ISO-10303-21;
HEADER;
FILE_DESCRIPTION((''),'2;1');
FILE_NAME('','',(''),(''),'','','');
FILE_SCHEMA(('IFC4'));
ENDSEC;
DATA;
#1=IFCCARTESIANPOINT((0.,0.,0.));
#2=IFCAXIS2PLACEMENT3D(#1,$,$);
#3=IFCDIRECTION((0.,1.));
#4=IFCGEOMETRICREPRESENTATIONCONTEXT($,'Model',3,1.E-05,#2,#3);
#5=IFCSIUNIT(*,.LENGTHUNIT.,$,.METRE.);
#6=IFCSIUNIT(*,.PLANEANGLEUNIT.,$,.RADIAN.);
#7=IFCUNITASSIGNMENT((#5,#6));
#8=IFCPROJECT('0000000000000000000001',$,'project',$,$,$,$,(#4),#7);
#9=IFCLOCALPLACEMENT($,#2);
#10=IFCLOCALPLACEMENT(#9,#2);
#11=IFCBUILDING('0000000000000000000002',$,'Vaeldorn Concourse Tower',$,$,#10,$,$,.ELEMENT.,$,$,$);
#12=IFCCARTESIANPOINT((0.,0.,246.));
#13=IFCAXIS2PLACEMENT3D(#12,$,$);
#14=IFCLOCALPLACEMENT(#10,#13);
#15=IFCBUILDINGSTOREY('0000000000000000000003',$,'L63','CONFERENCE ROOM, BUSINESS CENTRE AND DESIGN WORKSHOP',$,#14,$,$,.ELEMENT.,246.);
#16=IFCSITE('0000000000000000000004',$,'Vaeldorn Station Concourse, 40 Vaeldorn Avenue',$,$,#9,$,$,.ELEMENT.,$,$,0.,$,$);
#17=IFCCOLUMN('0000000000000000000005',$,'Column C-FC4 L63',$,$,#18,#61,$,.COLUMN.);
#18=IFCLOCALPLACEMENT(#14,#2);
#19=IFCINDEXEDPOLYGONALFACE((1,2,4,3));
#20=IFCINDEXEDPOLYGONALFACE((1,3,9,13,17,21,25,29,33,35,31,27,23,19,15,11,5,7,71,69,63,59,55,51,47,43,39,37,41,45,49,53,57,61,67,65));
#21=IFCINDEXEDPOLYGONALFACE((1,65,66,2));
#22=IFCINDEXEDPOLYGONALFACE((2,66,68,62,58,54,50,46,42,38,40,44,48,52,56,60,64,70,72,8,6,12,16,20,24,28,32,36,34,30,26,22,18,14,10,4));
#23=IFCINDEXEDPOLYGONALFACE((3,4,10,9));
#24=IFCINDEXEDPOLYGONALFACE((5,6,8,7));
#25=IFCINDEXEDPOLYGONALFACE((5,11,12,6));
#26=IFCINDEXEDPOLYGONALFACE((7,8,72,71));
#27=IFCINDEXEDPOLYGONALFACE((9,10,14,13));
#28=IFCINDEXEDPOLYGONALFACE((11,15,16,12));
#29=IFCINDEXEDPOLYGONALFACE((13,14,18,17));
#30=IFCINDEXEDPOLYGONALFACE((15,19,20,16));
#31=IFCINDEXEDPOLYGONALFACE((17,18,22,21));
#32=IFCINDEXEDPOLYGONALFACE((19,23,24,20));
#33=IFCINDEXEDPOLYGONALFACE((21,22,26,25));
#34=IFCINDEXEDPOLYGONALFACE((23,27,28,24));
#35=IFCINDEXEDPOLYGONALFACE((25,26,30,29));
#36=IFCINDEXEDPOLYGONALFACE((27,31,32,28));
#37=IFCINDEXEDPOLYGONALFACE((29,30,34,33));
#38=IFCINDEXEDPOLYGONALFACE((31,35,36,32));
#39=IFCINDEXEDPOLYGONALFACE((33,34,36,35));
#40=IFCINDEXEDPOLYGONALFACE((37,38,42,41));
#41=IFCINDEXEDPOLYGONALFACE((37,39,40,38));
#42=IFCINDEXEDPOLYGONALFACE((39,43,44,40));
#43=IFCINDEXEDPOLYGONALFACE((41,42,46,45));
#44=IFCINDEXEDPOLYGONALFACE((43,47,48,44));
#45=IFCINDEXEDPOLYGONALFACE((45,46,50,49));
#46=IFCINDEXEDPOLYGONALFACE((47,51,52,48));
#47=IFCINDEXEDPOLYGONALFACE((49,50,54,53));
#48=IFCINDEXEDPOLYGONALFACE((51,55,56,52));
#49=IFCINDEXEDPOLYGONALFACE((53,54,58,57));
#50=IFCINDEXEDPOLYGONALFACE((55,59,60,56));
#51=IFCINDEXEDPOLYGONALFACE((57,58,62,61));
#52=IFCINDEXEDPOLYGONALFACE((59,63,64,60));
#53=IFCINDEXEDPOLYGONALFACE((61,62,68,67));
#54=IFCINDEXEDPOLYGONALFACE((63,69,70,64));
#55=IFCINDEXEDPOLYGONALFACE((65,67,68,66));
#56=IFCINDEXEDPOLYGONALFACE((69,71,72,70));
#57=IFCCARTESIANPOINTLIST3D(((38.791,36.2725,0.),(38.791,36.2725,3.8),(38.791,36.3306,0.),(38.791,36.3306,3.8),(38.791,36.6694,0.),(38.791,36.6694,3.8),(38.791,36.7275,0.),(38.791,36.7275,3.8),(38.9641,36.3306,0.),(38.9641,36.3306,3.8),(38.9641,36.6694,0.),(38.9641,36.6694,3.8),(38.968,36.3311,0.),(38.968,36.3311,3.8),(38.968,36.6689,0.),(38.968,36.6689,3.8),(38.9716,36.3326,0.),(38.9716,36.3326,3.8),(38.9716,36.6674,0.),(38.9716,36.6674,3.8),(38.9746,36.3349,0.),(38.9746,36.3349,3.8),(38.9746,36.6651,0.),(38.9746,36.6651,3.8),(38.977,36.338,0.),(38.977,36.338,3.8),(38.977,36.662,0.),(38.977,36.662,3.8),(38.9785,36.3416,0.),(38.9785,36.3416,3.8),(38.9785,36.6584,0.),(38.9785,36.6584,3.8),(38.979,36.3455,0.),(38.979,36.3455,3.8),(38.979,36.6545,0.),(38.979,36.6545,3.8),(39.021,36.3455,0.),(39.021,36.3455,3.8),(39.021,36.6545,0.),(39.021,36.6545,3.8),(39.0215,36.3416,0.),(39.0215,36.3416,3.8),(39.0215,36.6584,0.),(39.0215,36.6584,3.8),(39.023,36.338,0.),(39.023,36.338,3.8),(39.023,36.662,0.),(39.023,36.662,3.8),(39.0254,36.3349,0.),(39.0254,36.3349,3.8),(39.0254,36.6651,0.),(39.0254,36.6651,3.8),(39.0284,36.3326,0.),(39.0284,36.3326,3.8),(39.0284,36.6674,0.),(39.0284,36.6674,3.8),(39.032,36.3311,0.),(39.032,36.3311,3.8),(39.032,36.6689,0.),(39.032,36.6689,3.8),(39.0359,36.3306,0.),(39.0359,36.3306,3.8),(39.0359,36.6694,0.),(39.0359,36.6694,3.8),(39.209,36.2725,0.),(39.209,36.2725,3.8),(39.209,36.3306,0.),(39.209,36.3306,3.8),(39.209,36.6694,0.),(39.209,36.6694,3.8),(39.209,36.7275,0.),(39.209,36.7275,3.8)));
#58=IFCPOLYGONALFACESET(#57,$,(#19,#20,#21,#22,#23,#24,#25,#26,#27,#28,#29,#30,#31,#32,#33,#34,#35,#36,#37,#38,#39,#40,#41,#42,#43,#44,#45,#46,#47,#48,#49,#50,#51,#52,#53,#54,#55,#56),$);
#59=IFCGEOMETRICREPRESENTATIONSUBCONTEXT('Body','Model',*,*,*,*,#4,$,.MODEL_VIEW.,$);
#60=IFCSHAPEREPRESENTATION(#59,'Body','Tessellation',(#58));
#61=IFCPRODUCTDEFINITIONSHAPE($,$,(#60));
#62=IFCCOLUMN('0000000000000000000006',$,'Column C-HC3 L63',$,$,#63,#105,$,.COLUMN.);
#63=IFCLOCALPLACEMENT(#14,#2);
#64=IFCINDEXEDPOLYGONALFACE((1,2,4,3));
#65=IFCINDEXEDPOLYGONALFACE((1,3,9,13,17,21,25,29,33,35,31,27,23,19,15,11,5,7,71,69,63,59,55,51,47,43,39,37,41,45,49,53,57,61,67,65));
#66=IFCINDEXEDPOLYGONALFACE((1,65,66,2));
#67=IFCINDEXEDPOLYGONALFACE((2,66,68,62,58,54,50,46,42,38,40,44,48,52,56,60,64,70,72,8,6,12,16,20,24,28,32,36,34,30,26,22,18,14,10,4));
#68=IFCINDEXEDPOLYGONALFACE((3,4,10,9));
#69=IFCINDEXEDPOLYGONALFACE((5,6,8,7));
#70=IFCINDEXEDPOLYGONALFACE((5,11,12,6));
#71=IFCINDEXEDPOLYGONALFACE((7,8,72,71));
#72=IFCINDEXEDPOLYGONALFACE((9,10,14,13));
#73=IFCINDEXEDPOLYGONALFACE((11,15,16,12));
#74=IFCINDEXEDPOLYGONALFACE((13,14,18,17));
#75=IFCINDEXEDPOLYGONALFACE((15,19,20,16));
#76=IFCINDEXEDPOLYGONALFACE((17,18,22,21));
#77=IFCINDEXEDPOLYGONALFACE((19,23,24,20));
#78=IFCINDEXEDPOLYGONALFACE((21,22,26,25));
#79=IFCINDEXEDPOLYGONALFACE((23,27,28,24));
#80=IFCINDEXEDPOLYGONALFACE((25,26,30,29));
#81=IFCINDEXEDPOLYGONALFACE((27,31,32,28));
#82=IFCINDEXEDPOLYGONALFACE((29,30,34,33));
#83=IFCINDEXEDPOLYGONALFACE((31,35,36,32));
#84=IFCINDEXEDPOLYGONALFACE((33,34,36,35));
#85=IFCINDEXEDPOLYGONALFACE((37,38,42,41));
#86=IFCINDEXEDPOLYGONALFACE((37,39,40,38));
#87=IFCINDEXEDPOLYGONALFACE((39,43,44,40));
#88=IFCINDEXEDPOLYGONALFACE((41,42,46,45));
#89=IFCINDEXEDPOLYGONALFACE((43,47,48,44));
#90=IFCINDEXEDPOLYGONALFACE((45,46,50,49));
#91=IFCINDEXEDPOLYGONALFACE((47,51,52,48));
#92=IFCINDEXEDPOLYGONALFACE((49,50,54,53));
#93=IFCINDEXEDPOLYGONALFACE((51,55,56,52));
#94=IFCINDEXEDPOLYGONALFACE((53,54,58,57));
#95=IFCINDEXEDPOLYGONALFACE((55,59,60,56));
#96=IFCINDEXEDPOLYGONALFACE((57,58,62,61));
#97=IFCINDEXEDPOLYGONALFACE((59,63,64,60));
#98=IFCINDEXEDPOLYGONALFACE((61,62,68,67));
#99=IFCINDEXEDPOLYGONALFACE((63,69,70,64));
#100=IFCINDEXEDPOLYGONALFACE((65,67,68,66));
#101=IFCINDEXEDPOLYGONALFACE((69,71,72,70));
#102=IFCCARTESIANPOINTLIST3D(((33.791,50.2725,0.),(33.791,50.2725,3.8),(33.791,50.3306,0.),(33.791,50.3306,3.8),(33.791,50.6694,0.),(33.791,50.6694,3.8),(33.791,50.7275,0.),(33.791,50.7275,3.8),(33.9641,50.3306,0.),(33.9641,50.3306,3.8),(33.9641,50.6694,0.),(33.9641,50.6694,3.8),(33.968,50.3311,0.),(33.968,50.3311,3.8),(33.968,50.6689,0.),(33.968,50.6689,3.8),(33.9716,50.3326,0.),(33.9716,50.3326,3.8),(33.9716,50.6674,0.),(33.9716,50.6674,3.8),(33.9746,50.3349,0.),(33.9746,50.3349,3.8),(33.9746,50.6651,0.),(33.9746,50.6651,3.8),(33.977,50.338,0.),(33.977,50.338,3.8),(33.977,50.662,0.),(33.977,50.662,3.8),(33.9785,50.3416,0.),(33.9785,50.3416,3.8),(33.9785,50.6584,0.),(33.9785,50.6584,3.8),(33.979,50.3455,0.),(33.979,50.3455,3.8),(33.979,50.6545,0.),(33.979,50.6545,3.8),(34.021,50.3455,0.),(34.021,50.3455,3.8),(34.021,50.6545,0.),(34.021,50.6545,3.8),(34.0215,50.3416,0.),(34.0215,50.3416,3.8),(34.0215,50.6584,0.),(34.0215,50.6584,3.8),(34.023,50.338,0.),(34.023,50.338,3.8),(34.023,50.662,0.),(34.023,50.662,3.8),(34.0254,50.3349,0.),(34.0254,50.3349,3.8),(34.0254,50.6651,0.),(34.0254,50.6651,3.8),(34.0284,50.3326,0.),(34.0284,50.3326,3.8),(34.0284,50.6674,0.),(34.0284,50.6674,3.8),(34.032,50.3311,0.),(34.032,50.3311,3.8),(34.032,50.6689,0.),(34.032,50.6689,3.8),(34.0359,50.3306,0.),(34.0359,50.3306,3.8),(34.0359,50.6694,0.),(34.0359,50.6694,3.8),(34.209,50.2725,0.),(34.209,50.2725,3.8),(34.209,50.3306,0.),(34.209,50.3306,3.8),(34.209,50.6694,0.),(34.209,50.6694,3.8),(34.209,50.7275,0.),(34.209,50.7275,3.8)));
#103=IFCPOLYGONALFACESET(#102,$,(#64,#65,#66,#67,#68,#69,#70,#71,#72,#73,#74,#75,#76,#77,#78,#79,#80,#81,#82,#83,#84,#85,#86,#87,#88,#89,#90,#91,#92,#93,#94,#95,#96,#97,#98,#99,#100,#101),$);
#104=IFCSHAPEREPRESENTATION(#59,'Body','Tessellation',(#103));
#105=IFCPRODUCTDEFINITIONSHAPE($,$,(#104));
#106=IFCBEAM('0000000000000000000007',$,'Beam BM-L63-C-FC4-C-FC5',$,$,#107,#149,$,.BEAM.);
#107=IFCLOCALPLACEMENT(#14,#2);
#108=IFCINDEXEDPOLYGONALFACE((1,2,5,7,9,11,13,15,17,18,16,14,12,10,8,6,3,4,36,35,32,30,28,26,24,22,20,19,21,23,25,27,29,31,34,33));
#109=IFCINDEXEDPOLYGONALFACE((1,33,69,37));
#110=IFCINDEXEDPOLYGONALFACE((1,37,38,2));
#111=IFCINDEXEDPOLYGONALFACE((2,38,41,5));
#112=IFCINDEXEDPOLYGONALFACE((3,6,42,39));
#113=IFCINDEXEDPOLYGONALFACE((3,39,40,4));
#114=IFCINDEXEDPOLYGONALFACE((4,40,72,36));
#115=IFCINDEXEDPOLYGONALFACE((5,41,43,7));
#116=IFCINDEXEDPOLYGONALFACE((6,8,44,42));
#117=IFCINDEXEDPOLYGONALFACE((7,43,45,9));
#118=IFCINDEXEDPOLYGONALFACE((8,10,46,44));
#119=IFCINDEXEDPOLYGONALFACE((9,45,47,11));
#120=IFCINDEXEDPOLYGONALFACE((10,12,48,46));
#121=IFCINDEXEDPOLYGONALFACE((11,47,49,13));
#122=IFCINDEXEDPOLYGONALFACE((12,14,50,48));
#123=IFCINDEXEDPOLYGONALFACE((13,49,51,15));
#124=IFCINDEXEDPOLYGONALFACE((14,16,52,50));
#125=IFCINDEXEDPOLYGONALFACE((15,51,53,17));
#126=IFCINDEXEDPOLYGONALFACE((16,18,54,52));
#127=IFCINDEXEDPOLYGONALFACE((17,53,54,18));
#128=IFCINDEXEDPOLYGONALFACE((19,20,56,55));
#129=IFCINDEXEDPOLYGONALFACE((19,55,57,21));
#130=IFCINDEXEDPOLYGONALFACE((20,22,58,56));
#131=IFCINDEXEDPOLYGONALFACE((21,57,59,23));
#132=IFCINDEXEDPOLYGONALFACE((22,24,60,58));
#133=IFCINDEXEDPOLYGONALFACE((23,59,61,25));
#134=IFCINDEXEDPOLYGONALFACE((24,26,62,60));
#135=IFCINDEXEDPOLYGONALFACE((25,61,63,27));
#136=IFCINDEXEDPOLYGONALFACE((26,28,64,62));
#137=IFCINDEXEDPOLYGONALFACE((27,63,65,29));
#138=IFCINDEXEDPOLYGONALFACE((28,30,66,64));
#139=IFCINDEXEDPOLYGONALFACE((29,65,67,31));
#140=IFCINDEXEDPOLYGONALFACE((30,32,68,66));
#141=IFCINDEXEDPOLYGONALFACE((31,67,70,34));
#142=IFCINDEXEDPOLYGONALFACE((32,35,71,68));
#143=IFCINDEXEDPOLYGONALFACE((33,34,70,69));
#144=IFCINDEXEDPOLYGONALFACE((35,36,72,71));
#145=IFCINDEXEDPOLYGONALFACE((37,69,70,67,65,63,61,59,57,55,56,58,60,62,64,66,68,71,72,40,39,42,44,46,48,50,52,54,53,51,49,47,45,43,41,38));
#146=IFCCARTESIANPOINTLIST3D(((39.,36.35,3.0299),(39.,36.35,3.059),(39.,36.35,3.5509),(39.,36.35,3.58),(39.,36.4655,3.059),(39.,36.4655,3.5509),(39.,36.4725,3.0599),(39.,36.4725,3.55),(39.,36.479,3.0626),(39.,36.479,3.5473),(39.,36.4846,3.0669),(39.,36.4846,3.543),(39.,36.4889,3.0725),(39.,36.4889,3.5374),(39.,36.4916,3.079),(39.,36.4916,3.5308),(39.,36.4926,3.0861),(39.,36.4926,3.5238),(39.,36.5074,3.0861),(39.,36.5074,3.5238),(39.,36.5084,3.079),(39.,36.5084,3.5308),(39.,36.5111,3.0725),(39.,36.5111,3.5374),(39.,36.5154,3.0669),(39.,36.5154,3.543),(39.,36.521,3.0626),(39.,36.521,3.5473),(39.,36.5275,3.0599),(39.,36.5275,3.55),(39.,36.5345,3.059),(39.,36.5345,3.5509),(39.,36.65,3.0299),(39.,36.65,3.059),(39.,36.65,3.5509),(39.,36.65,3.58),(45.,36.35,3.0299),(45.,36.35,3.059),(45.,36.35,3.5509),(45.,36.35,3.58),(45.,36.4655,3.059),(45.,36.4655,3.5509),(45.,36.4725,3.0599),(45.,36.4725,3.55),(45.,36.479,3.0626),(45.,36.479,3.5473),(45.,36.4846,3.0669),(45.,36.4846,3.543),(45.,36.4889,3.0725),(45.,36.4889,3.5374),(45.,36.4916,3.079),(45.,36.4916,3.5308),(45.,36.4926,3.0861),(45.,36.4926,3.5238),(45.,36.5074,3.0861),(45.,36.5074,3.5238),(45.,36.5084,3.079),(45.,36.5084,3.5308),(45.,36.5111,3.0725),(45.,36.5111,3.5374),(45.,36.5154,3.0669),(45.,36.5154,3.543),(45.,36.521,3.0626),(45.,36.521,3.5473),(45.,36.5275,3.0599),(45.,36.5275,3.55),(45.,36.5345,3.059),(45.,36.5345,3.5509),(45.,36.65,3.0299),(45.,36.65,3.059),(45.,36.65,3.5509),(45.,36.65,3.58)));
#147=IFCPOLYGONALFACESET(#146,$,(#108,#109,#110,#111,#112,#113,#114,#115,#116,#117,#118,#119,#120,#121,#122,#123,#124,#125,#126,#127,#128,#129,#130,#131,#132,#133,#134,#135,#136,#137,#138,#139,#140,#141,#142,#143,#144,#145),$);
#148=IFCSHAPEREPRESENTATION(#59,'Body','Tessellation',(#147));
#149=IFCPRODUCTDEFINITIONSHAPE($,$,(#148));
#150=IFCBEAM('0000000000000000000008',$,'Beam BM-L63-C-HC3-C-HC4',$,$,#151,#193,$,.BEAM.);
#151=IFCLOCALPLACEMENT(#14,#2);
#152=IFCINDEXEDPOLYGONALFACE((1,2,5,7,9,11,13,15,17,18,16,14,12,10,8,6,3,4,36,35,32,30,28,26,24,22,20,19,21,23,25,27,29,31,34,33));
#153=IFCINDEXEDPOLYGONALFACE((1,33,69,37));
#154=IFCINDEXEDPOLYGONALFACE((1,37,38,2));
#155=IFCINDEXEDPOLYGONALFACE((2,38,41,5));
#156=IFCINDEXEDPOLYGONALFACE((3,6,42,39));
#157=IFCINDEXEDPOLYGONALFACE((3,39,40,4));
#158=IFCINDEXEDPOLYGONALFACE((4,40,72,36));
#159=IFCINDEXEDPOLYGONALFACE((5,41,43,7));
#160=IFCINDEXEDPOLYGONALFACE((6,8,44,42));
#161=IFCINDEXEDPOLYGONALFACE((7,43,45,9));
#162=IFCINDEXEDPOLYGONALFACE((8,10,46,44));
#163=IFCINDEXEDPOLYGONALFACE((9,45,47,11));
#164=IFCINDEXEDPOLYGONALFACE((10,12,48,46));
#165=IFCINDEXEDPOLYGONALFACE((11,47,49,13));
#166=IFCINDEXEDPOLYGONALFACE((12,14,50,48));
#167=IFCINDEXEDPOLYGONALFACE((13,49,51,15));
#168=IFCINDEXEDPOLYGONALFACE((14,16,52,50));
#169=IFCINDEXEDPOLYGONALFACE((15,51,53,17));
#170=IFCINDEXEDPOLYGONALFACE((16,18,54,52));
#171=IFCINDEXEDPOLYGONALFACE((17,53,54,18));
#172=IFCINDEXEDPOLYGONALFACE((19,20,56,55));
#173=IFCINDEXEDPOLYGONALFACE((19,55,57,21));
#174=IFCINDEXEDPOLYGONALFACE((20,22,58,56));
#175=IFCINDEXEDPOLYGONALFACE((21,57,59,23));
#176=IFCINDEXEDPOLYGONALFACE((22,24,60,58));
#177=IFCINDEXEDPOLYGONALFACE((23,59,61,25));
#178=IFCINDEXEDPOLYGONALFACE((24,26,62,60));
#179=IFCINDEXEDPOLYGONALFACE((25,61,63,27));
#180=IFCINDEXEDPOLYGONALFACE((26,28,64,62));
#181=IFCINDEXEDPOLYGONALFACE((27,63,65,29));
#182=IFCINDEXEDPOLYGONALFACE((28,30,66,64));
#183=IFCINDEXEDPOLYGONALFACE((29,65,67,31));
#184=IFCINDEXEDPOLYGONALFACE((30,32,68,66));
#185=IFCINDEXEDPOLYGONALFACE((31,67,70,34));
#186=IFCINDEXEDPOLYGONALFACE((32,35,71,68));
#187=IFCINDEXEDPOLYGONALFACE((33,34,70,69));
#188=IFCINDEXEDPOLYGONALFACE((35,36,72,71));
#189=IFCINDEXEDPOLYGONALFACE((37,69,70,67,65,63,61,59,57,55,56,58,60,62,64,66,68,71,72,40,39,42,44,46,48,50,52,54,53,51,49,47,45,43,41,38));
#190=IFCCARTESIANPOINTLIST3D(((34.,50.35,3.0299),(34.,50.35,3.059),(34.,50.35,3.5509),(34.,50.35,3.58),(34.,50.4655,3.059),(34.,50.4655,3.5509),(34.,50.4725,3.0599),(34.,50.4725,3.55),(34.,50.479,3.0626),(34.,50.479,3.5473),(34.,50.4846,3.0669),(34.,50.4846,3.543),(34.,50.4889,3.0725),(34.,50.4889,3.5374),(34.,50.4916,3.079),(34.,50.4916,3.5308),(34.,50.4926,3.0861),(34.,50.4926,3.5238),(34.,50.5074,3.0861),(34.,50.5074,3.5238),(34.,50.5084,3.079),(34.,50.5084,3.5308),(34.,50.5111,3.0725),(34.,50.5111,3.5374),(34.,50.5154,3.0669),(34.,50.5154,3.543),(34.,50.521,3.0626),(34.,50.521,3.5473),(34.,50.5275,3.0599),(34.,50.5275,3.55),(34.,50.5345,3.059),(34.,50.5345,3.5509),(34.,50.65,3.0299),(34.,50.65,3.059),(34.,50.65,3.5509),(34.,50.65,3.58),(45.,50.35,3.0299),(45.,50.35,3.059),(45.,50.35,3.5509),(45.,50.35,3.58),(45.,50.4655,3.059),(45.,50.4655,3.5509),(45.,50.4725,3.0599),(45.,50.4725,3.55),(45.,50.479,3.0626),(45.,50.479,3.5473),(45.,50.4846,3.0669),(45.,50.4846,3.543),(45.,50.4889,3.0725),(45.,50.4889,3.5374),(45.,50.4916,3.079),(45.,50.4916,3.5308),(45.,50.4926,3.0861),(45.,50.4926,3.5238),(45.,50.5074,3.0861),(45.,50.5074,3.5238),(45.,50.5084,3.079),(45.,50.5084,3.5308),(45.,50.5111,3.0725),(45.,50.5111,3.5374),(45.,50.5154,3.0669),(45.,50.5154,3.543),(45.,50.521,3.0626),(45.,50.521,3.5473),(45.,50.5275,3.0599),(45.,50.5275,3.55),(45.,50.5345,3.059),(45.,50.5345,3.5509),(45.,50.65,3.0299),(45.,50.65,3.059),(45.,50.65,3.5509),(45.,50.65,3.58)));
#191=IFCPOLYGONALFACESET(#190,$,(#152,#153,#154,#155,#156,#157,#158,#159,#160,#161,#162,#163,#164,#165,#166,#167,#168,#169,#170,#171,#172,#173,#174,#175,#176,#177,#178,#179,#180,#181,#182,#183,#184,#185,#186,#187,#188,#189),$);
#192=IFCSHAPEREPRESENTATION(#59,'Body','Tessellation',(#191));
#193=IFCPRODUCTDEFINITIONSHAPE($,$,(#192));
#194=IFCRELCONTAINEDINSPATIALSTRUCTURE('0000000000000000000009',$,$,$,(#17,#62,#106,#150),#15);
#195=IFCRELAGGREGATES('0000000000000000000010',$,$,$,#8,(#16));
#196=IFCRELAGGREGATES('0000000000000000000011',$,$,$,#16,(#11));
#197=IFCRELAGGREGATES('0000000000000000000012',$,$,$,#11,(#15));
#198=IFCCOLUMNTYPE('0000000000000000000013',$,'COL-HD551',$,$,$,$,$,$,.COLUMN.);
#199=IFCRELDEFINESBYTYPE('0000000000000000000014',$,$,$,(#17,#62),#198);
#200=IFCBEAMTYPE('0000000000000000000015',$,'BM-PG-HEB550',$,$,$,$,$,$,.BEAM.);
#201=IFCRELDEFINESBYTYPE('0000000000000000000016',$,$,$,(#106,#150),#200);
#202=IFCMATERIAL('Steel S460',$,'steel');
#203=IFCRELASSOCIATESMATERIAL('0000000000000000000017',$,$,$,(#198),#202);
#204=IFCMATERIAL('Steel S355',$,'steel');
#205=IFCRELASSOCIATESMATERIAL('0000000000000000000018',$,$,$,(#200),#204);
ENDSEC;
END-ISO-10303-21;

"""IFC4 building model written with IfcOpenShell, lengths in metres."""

from ifc_helpers import new_model, si_unit, direction, frame, origin, origin_2d, place, context, subcontext, project, spatial, i_section, extrude, source, transform, mapped, material, material_profile, profile_set, type_object, element, save


model = new_model("IFC4")

# Units and contexts
model_context = context("Model", 3, precision=1e-05, world=origin(), true_north=direction((0.0, 1.0)))
body_context = subcontext(model_context, "Body", "Model", "MODEL_VIEW")
ifc_project = project(units=[si_unit("LENGTHUNIT", "METRE"), si_unit("PLANEANGLEUNIT", "RADIAN")], contexts=[model_context])

# Site, building, storey
site_placement = place(None, origin())
site = spatial("IfcSite", under=ifc_project, at=site_placement, Name="Vaeldorn Station Concourse, 40 Vaeldorn Avenue", CompositionType="ELEMENT", RefElevation=0.0)
building_placement = place(site_placement, origin())
building = spatial("IfcBuilding", under=site, at=building_placement, Name="Vaeldorn Concourse Tower", CompositionType="ELEMENT")
storey_placement = place(building_placement, frame((0.0, 0.0, 246.0)))
storey = spatial("IfcBuildingStorey", under=building, at=storey_placement, Name="L63", Description="CONFERENCE ROOM, BUSINESS CENTRE AND DESIGN WORKSHOP", CompositionType="ELEMENT", Elevation=246.0)

# Columns
ifc_material_1 = material(Name="Steel S460", Category="steel")
ifc_material_profile_1 = material_profile(ifc_material_1, i_section(OverallWidth=0.418, OverallDepth=0.4551, WebThickness=0.042, FlangeThickness=0.0581, FilletRadius=0.0149, at=origin_2d()), Name="HD 400x551")
ifc_profile_set_1 = profile_set([ifc_material_profile_1], Name="Steel S460")
column_type = type_object("IfcColumnType", Name="COL-HD551", PredefinedType="COLUMN", material=ifc_profile_set_1)
shared_shape_1 = source(origin(), body_context, "Body", "SweptSolid", [
    extrude(i_section(OverallWidth=0.418, OverallDepth=0.4551, WebThickness=0.042, FlangeThickness=0.0581, FilletRadius=0.0149, at=origin_2d()), origin(), (0.0, 0.0, 1.0), 3.8),
])
for number, where, z_axis, x_axis, name in (
    (1, (39.0, 36.5, 0.0), (0.0, 0.0, 1.0), (1.0, 0.0, 0.0), "Column C-FC4 L63"),
    (2, (34.0, 50.5, 0.0), (0.0, 0.0, 1.0), (1.0, 0.0, 0.0), "Column C-HC3 L63"),
):
    element("IfcColumn", number, at=place(storey_placement, frame(where, z_axis=z_axis, x_axis=x_axis)), inside=storey, type_object=column_type, Name=name, PredefinedType="COLUMN", context=body_context, shape_type="MappedRepresentation", body=[
        mapped(shared_shape_1, transform((0.0, 0.0, 0.0), scale=1.0)),
    ])

# Beams
ifc_material_2 = material(Name="Steel S355", Category="steel")
ifc_material_profile_2 = material_profile(ifc_material_2, i_section(OverallWidth=0.3, OverallDepth=0.55, WebThickness=0.0149, FlangeThickness=0.0291, FilletRadius=0.0271, at=origin_2d()), Name="HEB 550")
ifc_profile_set_2 = profile_set([ifc_material_profile_2], Name="Steel S355")
beam_type = type_object("IfcBeamType", Name="BM-PG-HEB550", PredefinedType="BEAM", material=ifc_profile_set_2)
shared_shape_2 = source(origin(), body_context, "Body", "SweptSolid", [
    extrude(i_section(OverallWidth=0.3, OverallDepth=0.55, WebThickness=0.0149, FlangeThickness=0.0291, FilletRadius=0.0271, at=origin_2d()), origin(), (0.0, 0.0, 1.0), 6.0),
])
beam_1_placement = place(storey_placement, frame((39.0, 36.5, 3.3049), z_axis=(1.0, 0.0, 0.0), x_axis=(0.0, 1.0, 0.0)))
element("IfcBeam", 3, at=beam_1_placement, inside=storey, type_object=beam_type, Name="Beam BM-L63-C-FC4-C-FC5", PredefinedType="BEAM", context=body_context, shape_type="MappedRepresentation", body=[
    mapped(shared_shape_2, transform((0.0, 0.0, 0.0), scale=1.0)),
])
shared_shape_3 = source(origin(), body_context, "Body", "SweptSolid", [
    extrude(i_section(OverallWidth=0.3, OverallDepth=0.55, WebThickness=0.0149, FlangeThickness=0.0291, FilletRadius=0.0271, at=origin_2d()), origin(), (0.0, 0.0, 1.0), 11.0),
])
beam_2_placement = place(storey_placement, frame((34.0, 50.5, 3.3049), z_axis=(1.0, 0.0, 0.0), x_axis=(0.0, 1.0, 0.0)))
element("IfcBeam", 4, at=beam_2_placement, inside=storey, type_object=beam_type, Name="Beam BM-L63-C-HC3-C-HC4", PredefinedType="BEAM", context=body_context, shape_type="MappedRepresentation", body=[
    mapped(shared_shape_3, transform((0.0, 0.0, 0.0), scale=1.0)),
])

save(model, "model.ifc")
